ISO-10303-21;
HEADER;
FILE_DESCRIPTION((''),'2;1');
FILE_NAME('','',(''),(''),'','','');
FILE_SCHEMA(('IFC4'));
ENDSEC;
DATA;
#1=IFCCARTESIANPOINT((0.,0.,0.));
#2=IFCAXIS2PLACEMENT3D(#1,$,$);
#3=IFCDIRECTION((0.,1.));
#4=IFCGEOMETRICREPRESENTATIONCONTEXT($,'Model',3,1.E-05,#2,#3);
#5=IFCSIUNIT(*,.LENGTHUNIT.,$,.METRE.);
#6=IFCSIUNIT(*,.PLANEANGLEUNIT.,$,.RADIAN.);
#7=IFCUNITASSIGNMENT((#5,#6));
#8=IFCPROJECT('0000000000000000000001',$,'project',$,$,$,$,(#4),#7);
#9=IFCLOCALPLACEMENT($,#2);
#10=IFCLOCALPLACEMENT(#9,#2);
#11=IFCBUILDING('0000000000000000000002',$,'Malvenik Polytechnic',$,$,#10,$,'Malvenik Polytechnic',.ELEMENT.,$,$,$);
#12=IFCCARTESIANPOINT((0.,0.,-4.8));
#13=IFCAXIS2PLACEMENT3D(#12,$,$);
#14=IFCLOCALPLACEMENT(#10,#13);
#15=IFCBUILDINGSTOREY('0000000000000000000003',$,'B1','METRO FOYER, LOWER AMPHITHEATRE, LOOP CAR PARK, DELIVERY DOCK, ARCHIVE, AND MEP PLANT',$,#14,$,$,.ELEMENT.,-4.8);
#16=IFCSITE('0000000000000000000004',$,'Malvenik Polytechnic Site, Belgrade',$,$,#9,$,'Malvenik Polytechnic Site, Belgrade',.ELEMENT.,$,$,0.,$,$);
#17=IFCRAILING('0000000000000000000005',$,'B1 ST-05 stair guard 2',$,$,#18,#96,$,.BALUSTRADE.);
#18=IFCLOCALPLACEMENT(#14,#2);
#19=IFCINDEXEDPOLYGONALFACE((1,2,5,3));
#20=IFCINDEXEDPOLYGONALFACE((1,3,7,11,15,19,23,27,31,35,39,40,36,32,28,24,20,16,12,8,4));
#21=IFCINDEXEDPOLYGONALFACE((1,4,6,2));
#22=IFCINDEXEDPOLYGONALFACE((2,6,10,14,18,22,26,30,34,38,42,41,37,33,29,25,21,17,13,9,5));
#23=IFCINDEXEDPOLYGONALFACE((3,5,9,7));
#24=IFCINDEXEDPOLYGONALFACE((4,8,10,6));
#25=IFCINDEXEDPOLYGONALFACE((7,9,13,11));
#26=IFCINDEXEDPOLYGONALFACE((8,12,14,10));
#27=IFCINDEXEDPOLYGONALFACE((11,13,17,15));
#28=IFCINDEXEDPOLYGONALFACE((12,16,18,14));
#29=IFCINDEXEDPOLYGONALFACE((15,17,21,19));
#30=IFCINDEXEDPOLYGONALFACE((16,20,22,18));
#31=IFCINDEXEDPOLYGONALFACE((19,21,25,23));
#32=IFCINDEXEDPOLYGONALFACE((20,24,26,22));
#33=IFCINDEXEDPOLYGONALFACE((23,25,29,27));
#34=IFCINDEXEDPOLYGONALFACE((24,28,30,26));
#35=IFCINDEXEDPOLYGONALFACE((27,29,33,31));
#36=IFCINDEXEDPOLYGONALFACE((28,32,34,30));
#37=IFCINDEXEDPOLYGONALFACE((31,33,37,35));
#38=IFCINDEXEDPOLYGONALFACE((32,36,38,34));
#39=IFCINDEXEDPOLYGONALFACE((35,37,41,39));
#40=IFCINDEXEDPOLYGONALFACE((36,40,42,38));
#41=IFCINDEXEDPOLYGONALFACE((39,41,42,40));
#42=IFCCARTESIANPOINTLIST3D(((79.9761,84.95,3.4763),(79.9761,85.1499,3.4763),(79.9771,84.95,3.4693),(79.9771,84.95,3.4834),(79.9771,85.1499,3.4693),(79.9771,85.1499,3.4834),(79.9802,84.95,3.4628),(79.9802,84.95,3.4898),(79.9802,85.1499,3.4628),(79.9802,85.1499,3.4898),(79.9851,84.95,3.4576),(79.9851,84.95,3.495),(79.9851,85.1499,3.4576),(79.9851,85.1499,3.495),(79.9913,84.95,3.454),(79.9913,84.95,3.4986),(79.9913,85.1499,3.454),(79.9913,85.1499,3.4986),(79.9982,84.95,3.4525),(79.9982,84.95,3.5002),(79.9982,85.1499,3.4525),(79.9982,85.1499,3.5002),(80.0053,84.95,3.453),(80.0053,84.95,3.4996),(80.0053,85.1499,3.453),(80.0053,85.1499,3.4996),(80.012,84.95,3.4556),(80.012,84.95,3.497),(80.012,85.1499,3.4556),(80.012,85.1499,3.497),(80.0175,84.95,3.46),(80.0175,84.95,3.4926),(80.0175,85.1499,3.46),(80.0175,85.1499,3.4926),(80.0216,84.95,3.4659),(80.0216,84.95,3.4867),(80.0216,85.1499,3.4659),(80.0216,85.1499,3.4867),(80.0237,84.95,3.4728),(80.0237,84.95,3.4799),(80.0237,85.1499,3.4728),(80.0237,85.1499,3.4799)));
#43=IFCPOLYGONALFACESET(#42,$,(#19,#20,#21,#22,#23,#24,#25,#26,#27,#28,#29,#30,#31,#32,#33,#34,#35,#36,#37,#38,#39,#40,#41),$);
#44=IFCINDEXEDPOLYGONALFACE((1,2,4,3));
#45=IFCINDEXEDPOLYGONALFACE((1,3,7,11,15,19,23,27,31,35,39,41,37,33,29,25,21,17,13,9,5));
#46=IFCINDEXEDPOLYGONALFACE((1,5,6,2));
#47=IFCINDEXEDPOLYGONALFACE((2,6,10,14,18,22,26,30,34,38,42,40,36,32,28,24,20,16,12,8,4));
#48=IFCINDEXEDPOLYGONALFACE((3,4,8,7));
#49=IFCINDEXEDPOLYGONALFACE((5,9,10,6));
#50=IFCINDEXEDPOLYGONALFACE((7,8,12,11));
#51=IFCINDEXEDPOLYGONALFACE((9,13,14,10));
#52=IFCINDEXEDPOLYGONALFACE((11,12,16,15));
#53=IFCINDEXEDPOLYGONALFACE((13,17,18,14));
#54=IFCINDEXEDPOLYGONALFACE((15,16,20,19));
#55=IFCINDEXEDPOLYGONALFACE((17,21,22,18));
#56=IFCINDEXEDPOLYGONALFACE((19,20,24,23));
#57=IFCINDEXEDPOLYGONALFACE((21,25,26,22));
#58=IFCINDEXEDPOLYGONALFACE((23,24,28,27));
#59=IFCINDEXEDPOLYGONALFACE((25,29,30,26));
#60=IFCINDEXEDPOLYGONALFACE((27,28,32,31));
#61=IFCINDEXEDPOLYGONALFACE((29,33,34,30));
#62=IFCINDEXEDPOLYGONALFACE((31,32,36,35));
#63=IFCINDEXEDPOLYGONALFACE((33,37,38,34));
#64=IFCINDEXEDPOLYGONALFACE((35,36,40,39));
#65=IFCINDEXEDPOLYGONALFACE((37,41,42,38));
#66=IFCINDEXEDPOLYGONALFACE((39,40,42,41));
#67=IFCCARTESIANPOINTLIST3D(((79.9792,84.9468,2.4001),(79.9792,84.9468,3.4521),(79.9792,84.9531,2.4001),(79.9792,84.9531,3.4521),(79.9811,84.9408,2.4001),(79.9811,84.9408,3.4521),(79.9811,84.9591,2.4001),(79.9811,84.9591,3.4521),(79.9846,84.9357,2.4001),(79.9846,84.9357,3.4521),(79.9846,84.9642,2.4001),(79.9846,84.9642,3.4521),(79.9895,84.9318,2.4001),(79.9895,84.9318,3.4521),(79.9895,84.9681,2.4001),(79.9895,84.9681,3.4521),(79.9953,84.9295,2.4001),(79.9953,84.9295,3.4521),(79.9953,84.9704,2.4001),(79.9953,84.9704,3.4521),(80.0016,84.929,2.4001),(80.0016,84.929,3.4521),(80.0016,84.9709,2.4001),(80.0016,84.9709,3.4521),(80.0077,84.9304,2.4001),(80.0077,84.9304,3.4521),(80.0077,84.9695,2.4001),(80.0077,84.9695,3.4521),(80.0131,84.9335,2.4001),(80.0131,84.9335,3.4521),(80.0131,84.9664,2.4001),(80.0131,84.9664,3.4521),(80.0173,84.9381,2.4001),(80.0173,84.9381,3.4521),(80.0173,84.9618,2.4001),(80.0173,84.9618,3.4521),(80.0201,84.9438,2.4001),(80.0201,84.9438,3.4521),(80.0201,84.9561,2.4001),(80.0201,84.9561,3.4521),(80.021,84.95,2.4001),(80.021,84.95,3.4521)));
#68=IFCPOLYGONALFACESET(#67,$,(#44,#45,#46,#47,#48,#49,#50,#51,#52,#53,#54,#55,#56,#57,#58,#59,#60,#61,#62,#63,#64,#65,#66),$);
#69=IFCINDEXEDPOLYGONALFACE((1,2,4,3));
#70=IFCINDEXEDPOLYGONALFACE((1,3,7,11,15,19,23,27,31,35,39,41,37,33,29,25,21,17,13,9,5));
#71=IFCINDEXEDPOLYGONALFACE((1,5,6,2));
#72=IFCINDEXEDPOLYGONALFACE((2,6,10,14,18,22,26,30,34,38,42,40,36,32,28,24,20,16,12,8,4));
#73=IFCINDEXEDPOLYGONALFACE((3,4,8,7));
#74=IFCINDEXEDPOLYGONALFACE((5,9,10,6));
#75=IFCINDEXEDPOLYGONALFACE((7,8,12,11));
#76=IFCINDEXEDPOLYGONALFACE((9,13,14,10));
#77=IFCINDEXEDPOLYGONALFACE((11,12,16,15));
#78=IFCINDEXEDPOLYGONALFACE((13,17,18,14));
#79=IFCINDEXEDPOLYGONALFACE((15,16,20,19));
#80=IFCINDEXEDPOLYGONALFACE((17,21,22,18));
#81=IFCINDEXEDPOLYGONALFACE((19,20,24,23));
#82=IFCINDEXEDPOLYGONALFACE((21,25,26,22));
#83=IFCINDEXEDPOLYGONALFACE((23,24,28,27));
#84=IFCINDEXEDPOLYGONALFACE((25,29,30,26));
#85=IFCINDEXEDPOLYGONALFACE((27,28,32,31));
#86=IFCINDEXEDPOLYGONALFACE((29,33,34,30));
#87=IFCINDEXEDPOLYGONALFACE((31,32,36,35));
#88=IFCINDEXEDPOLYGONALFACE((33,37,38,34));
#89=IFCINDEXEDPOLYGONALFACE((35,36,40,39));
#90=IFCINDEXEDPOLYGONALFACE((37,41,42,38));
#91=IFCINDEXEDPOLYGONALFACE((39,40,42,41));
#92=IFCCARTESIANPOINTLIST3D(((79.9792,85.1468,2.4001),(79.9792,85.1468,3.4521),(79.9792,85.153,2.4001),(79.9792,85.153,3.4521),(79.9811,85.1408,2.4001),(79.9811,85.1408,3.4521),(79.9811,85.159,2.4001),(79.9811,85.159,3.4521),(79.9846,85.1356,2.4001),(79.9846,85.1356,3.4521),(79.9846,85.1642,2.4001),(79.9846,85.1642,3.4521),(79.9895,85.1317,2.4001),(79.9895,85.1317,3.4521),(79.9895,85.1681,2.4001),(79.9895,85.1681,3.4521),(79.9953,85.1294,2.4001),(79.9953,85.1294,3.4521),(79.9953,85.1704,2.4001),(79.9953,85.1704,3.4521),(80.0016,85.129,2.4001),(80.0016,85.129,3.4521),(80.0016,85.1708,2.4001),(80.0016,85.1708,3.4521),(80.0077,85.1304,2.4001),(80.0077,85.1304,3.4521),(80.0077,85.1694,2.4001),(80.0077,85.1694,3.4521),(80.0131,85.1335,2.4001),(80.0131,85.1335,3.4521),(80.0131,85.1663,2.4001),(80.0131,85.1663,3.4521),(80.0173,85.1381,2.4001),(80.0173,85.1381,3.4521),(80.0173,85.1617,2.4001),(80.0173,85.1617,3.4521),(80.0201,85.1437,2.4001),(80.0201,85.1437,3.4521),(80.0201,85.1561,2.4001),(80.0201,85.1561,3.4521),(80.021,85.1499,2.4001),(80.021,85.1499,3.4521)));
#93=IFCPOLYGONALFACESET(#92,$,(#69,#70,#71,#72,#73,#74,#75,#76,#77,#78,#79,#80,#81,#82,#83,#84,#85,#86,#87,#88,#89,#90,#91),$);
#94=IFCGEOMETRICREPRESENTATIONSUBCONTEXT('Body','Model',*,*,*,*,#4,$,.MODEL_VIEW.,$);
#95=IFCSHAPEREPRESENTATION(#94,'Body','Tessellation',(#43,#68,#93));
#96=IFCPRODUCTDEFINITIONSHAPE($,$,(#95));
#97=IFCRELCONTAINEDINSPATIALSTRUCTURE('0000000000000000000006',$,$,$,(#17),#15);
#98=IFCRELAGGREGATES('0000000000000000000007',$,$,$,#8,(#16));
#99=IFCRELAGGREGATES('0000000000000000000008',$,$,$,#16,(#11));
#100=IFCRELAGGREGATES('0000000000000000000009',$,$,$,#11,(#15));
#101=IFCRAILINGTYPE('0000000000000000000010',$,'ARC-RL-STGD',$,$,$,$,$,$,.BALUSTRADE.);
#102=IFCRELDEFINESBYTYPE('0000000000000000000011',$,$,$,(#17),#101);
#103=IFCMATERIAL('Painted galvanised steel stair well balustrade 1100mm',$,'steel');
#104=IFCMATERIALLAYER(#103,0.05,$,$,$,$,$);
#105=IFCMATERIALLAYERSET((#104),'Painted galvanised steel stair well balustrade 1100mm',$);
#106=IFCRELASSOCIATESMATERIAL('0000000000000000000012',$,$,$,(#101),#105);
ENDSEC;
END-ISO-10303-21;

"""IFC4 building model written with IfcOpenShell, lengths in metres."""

from ifc_helpers import new_model, si_unit, direction, frame, origin, origin_2d, place, context, subcontext, project, spatial, circle, extrude, material, layer, layer_set, type_object, element, save


model = new_model("IFC4")

# Units and contexts
model_context = context("Model", 3, precision=1e-05, world=origin(), true_north=direction((0.0, 1.0)))
body_context = subcontext(model_context, "Body", "Model", "MODEL_VIEW")
ifc_project = project(units=[si_unit("LENGTHUNIT", "METRE"), si_unit("PLANEANGLEUNIT", "RADIAN")], contexts=[model_context])

# Site, building, storey
site_placement = place(None, origin())
site = spatial("IfcSite", under=ifc_project, at=site_placement, Name="Malvenik Polytechnic Site, Belgrade", LongName="Malvenik Polytechnic Site, Belgrade", CompositionType="ELEMENT", RefElevation=0.0)
building_placement = place(site_placement, origin())
building = spatial("IfcBuilding", under=site, at=building_placement, Name="Malvenik Polytechnic", LongName="Malvenik Polytechnic", CompositionType="ELEMENT")
storey_placement = place(building_placement, frame((0.0, 0.0, -4.8)))
storey = spatial("IfcBuildingStorey", under=building, at=storey_placement, Name="B1", Description="METRO FOYER, LOWER AMPHITHEATRE, LOOP CAR PARK, DELIVERY DOCK, ARCHIVE, AND MEP PLANT", CompositionType="ELEMENT", Elevation=-4.8)

# Railing
ifc_material_1 = material(Name="Painted galvanised steel stair well balustrade 1100mm", Category="steel")
ifc_layer_1 = layer(ifc_material_1, 0.05)
ifc_layer_set_1 = layer_set([ifc_layer_1], Name="Painted galvanised steel stair well balustrade 1100mm")
railing_type_1 = type_object("IfcRailingType", Name="ARC-RL-STGD", PredefinedType="BALUSTRADE", material=ifc_layer_set_1)
railing_1_placement = place(storey_placement, frame((80.0, 84.95, 2.4001)))
element("IfcRailing", 1, at=railing_1_placement, inside=storey, type_object=railing_type_1, Name="B1 ST-05 stair guard 2", PredefinedType="BALUSTRADE", context=body_context, shape_type="SweptSolid", body=[
    extrude(circle(Radius=0.0239, at=origin_2d()), frame((0.0, 0.0, 1.0762), z_axis=(0.0, 1.0, 0.0), x_axis=(-1.0, 0.0, 0.0)), (0.0, 0.0, 1.0), 0.2),
    extrude(circle(Radius=0.021, at=origin_2d()), origin(), (0.0, 0.0, 1.0), 1.052),
    extrude(circle(Radius=0.021, at=origin_2d()), frame((0.0, 0.2, 0.0)), (0.0, 0.0, 1.0), 1.052),
])

save(model, "model.ifc")
